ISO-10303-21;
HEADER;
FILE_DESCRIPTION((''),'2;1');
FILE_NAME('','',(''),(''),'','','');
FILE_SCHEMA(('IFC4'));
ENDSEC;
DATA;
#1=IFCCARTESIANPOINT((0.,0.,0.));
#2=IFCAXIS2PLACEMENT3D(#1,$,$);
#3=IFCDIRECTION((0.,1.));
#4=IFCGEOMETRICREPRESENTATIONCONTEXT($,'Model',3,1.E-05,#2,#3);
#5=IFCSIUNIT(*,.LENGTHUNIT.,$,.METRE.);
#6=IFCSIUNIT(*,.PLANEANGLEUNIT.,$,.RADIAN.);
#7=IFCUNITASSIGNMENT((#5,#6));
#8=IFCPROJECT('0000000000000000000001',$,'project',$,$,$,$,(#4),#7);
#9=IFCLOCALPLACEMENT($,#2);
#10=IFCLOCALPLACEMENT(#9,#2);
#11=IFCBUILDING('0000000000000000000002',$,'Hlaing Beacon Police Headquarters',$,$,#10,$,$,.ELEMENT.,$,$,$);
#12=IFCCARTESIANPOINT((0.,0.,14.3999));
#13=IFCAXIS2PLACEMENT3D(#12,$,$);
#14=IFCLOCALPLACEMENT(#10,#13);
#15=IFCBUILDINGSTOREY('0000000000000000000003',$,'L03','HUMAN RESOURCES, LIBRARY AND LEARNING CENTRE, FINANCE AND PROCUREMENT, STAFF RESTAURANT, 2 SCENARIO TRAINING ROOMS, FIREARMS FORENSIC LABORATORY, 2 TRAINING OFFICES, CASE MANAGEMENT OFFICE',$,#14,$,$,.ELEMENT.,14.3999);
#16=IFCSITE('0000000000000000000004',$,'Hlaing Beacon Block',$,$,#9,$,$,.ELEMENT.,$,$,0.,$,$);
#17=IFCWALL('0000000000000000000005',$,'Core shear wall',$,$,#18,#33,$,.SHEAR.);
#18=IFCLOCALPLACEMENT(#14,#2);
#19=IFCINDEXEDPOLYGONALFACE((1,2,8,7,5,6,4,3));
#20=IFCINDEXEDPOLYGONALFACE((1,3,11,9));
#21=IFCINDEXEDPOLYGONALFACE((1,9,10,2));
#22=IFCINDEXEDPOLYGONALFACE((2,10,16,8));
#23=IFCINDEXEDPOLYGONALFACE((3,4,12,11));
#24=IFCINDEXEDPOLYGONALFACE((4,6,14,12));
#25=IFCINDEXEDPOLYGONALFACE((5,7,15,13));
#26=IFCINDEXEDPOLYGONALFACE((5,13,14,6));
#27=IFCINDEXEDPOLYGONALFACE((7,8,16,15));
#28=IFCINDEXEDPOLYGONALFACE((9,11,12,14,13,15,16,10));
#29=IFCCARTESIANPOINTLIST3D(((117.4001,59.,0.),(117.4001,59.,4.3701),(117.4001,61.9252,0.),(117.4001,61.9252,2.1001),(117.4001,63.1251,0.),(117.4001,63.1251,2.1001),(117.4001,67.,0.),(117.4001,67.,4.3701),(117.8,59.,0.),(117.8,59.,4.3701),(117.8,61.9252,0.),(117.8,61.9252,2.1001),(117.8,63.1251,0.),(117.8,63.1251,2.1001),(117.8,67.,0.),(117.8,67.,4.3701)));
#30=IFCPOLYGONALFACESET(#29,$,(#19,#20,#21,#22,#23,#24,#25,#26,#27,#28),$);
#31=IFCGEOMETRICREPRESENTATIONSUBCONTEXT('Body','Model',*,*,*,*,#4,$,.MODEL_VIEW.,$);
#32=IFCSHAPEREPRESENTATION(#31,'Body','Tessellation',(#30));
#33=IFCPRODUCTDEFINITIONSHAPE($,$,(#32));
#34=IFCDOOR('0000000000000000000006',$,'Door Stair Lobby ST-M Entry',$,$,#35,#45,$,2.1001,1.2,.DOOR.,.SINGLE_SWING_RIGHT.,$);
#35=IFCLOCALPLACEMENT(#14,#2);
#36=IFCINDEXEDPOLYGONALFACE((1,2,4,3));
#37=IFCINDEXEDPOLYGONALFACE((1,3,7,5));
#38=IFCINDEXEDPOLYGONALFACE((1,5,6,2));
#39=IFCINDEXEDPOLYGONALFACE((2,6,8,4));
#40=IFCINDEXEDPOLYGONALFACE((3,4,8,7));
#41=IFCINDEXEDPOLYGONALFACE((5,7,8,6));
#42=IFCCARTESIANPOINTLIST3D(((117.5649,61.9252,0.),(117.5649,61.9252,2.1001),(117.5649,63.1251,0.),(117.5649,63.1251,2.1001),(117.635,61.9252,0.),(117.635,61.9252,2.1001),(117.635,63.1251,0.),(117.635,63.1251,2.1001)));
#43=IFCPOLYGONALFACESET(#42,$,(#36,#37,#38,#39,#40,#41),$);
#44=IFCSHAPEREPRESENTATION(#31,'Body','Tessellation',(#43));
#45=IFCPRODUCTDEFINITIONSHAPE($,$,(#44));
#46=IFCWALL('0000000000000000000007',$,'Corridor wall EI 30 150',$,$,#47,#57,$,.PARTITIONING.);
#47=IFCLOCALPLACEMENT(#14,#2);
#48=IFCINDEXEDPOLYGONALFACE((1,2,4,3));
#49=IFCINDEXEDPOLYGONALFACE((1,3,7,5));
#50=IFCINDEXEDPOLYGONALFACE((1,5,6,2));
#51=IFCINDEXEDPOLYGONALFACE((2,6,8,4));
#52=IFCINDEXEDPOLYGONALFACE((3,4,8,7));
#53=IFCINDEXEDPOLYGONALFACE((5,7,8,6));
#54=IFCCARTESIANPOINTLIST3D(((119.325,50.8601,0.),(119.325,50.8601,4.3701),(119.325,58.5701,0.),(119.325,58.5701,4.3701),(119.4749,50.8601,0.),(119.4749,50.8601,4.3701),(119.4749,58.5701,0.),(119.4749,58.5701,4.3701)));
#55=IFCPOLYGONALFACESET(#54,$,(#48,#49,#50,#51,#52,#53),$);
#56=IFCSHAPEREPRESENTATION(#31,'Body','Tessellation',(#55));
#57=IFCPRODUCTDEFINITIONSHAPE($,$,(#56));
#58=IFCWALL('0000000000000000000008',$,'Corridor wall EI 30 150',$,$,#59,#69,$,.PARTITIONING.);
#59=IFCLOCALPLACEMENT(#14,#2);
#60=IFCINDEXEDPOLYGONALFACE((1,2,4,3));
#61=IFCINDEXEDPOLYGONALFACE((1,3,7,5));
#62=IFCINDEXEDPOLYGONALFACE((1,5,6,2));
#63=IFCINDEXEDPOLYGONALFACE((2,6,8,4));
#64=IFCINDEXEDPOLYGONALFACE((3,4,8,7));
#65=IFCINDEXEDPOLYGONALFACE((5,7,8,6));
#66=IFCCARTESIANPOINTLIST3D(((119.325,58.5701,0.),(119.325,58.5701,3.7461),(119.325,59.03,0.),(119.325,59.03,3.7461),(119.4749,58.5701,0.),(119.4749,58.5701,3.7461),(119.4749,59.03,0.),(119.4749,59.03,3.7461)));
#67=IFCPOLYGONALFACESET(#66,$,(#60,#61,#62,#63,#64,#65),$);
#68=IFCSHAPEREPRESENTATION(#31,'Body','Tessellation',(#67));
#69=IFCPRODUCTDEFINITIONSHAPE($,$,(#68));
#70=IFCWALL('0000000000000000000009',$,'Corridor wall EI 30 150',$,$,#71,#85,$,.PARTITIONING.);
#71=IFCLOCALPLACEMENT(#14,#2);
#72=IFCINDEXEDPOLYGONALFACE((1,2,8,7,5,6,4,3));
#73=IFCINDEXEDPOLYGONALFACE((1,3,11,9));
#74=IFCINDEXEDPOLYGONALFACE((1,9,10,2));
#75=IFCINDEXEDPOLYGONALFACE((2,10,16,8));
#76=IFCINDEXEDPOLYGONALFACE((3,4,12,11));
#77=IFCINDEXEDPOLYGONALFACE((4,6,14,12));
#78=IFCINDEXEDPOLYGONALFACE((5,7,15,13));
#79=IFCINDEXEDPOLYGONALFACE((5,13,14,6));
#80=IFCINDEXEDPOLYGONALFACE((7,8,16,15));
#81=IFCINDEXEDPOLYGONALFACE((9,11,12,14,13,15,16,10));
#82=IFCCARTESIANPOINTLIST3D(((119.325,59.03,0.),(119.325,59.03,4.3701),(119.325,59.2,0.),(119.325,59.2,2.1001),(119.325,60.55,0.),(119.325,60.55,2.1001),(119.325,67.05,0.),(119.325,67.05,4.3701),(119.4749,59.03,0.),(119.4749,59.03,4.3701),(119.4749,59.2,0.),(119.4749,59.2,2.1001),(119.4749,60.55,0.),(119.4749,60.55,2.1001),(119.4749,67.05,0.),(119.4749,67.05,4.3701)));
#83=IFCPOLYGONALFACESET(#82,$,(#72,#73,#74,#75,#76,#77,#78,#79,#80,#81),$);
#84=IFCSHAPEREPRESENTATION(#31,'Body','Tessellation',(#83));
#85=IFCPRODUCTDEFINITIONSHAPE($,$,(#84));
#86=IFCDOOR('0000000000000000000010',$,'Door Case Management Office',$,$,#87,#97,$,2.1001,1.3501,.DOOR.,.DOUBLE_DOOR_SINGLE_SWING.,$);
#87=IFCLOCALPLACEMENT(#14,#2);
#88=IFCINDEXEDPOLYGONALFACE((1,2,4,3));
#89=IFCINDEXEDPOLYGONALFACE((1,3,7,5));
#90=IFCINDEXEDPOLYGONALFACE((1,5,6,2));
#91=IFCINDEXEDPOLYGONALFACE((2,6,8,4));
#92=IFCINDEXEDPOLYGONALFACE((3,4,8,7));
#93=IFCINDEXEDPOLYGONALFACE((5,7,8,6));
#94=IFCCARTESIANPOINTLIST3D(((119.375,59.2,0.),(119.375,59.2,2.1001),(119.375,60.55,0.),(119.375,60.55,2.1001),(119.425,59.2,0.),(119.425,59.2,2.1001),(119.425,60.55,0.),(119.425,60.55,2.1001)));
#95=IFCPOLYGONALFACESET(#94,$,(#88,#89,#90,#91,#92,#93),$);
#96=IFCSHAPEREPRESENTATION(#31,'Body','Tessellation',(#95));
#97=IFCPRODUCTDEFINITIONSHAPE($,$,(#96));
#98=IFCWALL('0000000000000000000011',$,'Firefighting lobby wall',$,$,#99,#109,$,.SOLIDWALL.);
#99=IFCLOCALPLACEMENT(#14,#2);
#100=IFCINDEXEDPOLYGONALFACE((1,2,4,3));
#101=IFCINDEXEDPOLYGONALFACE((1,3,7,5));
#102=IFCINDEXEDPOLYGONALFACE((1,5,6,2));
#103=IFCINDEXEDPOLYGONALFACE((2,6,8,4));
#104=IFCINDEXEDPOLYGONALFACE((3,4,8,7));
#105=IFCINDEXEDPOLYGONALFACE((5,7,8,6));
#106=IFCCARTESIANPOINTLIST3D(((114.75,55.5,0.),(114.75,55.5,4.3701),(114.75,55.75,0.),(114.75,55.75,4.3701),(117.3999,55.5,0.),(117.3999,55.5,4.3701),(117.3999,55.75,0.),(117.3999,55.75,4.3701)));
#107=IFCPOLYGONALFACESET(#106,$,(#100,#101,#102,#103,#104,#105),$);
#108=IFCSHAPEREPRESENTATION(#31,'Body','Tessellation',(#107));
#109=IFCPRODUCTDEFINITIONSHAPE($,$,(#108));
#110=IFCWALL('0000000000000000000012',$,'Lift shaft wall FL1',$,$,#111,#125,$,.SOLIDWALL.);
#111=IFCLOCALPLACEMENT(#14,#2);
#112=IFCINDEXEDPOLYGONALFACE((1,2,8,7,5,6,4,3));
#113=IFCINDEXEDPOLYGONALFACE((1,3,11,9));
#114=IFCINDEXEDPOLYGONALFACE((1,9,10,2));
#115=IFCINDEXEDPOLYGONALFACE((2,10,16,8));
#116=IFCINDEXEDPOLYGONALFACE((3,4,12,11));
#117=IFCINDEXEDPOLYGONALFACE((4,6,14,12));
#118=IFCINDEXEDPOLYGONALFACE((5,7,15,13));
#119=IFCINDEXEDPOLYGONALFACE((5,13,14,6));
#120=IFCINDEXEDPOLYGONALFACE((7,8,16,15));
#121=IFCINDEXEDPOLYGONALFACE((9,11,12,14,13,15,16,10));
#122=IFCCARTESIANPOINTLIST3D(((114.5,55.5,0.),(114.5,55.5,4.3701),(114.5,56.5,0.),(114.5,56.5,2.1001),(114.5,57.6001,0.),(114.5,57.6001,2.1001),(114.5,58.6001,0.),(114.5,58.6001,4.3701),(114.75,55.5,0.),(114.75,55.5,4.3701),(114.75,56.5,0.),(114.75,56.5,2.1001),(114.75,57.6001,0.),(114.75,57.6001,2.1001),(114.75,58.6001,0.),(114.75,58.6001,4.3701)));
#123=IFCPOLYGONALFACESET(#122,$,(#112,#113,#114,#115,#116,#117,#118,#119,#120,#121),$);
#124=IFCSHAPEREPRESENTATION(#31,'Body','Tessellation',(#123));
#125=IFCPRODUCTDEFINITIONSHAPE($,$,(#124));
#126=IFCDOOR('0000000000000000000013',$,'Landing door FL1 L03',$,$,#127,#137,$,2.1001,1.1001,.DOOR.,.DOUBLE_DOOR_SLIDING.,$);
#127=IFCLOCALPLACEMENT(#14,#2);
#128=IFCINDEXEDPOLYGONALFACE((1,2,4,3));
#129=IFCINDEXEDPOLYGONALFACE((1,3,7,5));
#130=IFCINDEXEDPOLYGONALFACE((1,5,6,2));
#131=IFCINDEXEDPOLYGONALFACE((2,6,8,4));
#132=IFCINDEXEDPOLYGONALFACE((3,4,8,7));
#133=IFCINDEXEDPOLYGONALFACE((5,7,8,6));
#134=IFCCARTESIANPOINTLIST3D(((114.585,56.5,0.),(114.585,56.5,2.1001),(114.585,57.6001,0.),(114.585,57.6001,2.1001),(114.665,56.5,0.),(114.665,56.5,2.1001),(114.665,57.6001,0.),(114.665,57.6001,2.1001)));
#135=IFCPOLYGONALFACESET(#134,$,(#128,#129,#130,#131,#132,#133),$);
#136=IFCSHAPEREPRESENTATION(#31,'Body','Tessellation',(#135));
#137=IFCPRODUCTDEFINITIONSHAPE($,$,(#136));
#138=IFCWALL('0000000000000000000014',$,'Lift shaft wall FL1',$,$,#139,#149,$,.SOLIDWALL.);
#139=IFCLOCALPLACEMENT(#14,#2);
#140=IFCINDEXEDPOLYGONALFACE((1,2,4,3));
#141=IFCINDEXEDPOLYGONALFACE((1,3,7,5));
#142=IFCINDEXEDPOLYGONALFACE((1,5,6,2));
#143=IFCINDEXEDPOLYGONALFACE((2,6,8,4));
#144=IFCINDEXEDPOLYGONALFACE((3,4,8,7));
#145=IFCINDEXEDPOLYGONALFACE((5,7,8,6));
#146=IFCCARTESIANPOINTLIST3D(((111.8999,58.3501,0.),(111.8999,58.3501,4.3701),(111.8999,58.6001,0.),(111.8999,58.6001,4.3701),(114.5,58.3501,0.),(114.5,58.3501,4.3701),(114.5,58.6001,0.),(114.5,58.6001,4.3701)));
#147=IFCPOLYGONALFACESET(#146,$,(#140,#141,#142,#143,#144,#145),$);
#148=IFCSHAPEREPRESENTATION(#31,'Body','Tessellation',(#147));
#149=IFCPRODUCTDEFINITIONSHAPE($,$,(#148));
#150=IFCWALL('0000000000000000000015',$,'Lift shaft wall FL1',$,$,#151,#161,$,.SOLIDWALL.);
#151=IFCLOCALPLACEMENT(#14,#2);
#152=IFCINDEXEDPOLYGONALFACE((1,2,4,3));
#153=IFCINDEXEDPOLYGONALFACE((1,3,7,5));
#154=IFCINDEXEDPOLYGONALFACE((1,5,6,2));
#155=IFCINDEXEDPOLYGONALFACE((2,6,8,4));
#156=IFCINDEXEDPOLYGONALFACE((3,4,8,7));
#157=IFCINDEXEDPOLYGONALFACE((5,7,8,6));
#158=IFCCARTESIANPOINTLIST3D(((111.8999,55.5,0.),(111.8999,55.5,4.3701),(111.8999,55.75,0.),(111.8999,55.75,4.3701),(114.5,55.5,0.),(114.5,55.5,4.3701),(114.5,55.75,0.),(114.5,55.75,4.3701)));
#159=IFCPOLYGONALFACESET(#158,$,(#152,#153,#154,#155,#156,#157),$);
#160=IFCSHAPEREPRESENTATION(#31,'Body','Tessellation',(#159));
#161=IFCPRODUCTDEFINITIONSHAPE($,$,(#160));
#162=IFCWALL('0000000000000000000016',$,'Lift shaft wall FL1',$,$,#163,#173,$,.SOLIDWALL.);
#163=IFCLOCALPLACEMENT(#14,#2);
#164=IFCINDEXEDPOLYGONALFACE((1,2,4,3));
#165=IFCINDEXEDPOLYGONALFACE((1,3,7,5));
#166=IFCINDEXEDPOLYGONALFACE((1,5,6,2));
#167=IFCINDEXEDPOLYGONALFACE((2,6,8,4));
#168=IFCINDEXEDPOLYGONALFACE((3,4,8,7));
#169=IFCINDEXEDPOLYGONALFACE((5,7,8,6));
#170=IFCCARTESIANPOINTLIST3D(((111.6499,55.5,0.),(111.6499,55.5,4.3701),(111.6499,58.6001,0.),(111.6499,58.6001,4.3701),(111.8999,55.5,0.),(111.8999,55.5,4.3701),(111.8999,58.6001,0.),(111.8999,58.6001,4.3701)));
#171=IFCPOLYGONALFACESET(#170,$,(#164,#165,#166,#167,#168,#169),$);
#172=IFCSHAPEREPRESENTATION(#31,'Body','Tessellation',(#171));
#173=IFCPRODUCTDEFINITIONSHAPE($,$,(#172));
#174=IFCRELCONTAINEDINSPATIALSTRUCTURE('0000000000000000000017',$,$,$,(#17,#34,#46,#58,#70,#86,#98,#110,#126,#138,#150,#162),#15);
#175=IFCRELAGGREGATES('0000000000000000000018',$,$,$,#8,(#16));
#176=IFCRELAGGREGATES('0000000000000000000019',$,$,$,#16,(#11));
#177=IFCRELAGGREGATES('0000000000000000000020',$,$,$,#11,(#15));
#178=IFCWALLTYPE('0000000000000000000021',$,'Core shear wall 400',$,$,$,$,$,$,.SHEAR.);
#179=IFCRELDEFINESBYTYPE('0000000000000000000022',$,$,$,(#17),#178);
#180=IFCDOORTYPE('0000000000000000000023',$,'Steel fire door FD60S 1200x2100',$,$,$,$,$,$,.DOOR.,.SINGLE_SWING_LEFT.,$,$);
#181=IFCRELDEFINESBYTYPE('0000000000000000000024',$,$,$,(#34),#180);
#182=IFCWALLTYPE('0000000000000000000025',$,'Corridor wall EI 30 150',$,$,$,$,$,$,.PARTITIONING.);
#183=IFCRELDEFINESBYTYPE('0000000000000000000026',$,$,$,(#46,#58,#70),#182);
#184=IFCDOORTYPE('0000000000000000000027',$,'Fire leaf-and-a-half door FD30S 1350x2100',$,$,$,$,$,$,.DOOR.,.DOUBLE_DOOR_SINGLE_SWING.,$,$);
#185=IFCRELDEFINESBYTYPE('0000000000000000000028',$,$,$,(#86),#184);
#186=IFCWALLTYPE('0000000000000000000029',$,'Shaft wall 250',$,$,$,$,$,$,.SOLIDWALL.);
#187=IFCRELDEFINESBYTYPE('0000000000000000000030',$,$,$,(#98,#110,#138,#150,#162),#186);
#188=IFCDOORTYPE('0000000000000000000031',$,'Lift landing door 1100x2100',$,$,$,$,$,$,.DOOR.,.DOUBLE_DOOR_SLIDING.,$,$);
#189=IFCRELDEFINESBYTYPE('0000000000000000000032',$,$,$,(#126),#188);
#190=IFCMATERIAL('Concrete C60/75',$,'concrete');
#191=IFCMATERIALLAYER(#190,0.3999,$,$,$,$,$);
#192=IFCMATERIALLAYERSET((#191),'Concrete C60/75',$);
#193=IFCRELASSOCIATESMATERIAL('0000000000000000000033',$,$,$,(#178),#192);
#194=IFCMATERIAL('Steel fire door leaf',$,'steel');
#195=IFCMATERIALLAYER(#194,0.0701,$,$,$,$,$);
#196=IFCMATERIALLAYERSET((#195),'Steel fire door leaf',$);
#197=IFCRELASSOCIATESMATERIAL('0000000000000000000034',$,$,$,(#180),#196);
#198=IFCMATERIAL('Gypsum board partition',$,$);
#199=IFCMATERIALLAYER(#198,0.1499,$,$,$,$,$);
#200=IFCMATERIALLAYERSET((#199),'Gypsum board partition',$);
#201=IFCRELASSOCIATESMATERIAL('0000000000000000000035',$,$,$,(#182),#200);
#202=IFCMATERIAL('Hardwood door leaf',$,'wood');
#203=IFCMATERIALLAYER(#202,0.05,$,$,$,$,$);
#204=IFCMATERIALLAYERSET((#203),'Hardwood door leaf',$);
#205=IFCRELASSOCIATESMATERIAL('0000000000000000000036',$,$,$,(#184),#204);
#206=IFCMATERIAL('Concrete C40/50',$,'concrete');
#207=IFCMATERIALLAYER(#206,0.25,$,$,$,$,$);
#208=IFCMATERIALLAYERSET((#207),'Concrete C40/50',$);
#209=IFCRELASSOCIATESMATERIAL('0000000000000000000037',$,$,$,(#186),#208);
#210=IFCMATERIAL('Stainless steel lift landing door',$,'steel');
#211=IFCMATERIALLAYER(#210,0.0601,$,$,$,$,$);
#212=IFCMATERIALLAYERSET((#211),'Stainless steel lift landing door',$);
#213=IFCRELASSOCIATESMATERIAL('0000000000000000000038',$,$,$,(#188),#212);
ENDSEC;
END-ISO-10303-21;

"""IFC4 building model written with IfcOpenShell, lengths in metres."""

from ifc_helpers import new_model, si_unit, direction, frame, frame_2d, origin, place, context, subcontext, project, spatial, rectangle, extrude, material, layer, layer_set, type_object, element, fill, save


model = new_model("IFC4")

# Units and contexts
model_context = context("Model", 3, precision=1e-05, world=origin(), true_north=direction((0.0, 1.0)))
body_context = subcontext(model_context, "Body", "Model", "MODEL_VIEW")
ifc_project = project(units=[si_unit("LENGTHUNIT", "METRE"), si_unit("PLANEANGLEUNIT", "RADIAN")], contexts=[model_context])

# Site, building, storey
site_placement = place(None, origin())
site = spatial("IfcSite", under=ifc_project, at=site_placement, Name="Hlaing Beacon Block", CompositionType="ELEMENT", RefElevation=0.0)
building_placement = place(site_placement, origin())
building = spatial("IfcBuilding", under=site, at=building_placement, Name="Hlaing Beacon Police Headquarters", CompositionType="ELEMENT")
storey_placement = place(building_placement, frame((0.0, 0.0, 14.3999)))
storey = spatial("IfcBuildingStorey", under=building, at=storey_placement, Name="L03", Description="HUMAN RESOURCES, LIBRARY AND LEARNING CENTRE, FINANCE AND PROCUREMENT, STAFF RESTAURANT, 2 SCENARIO TRAINING ROOMS, FIREARMS FORENSIC LABORATORY, 2 TRAINING OFFICES, CASE MANAGEMENT OFFICE", CompositionType="ELEMENT", Elevation=14.3999)

# Wall, opening, door
ifc_material_1 = material(Name="Concrete C60/75", Category="concrete")
ifc_layer_1 = layer(ifc_material_1, 0.3999)
ifc_layer_set_1 = layer_set([ifc_layer_1], Name="Concrete C60/75")
wall_type_1 = type_object("IfcWallType", Name="Core shear wall 400", PredefinedType="SHEAR", material=ifc_layer_set_1)
wall_1_placement = place(storey_placement, frame((117.6001, 59.0, 0.0), z_axis=(0.0, 0.0, 1.0), x_axis=(0.0, 1.0, 0.0)))
wall_1 = element("IfcWall", 1, at=wall_1_placement, inside=storey, type_object=wall_type_1, Name="Core shear wall", PredefinedType="SHEAR", context=body_context, shape_type="SweptSolid", body=[
    extrude(rectangle(XDim=8.0, YDim=0.3999, at=frame_2d((4.0, 0.0))), origin(), (0.0, 0.0, 1.0), 4.3701),
])
opening_1_placement = place(wall_1_placement, frame((2.925, 0.0, 0.0)))
opening_1 = element("IfcOpeningElement", 2, at=opening_1_placement, cuts=wall_1, PredefinedType="OPENING", context=body_context, shape_type="SweptSolid", body=[
    extrude(rectangle(XDim=1.2, YDim=2.1001, at=frame_2d((0.6001, 1.05))), frame((0.0, 0.21, 0.0), z_axis=(0.0, -1.0, 0.0), x_axis=(1.0, 0.0, 0.0)), (0.0, 0.0, 1.0), 0.4199),
])
ifc_material_2 = material(Name="Steel fire door leaf", Category="steel")
ifc_layer_2 = layer(ifc_material_2, 0.0701)
ifc_layer_set_2 = layer_set([ifc_layer_2], Name="Steel fire door leaf")
door_type_1 = type_object("IfcDoorType", Name="Steel fire door FD60S 1200x2100", OperationType="SINGLE_SWING_LEFT", PredefinedType="DOOR", material=ifc_layer_set_2)
door_1_placement = place(opening_1_placement, origin())
door_1 = element("IfcDoor", 3, at=door_1_placement, inside=storey, type_object=door_type_1, Name="Door Stair Lobby ST-M Entry", OperationType="SINGLE_SWING_RIGHT", OverallHeight=2.1001, OverallWidth=1.2, PredefinedType="DOOR", context=body_context, shape_type="SweptSolid", body=[
    extrude(rectangle(XDim=1.2, YDim=2.1001, at=frame_2d((0.6001, 1.05))), frame((0.0, 0.0352, 0.0), z_axis=(0.0, -1.0, 0.0), x_axis=(1.0, 0.0, 0.0)), (0.0, 0.0, 1.0), 0.0701),
])
fill(opening_1, door_1)

# Walls
ifc_material_3 = material(Name="Gypsum board partition")
ifc_layer_3 = layer(ifc_material_3, 0.1499)
ifc_layer_set_3 = layer_set([ifc_layer_3], Name="Gypsum board partition")
wall_type_2 = type_object("IfcWallType", Name="Corridor wall EI 30 150", PredefinedType="PARTITIONING", material=ifc_layer_set_3)
wall_2_placement = place(storey_placement, frame((119.3999, 50.8601, 0.0), z_axis=(0.0, 0.0, 1.0), x_axis=(0.0, 1.0, 0.0)))
element("IfcWall", 4, at=wall_2_placement, inside=storey, type_object=wall_type_2, Name="Corridor wall EI 30 150", PredefinedType="PARTITIONING", context=body_context, shape_type="SweptSolid", body=[
    extrude(rectangle(XDim=7.71, YDim=0.1499, at=frame_2d((3.855, 0.0))), origin(), (0.0, 0.0, 1.0), 4.3701),
])
wall_3_placement = place(storey_placement, frame((119.3999, 58.5701, 0.0), z_axis=(0.0, 0.0, 1.0), x_axis=(0.0, 1.0, 0.0)))
element("IfcWall", 5, at=wall_3_placement, inside=storey, type_object=wall_type_2, Name="Corridor wall EI 30 150", PredefinedType="PARTITIONING", context=body_context, shape_type="SweptSolid", body=[
    extrude(rectangle(XDim=0.46, YDim=0.1499, at=frame_2d((0.23, 0.0))), origin(), (0.0, 0.0, 1.0), 3.7461),
])

# Wall, opening, door
wall_4_placement = place(storey_placement, frame((119.3999, 59.03, 0.0), z_axis=(0.0, 0.0, 1.0), x_axis=(0.0, 1.0, 0.0)))
wall_4 = element("IfcWall", 6, at=wall_4_placement, inside=storey, type_object=wall_type_2, Name="Corridor wall EI 30 150", PredefinedType="PARTITIONING", context=body_context, shape_type="SweptSolid", body=[
    extrude(rectangle(XDim=8.02, YDim=0.1499, at=frame_2d((4.01, 0.0))), origin(), (0.0, 0.0, 1.0), 4.3701),
])
opening_2_placement = place(wall_4_placement, frame((0.1699, 0.0, 0.0)))
opening_2 = element("IfcOpeningElement", 7, at=opening_2_placement, cuts=wall_4, PredefinedType="OPENING", context=body_context, shape_type="SweptSolid", body=[
    extrude(rectangle(XDim=1.3501, YDim=2.1001, at=frame_2d((0.675, 1.05))), frame((0.0, 0.085, 0.0), z_axis=(0.0, -1.0, 0.0), x_axis=(1.0, 0.0, 0.0)), (0.0, 0.0, 1.0), 0.1699),
])
ifc_material_4 = material(Name="Hardwood door leaf", Category="wood")
ifc_layer_4 = layer(ifc_material_4, 0.05)
ifc_layer_set_4 = layer_set([ifc_layer_4], Name="Hardwood door leaf")
door_type_2 = type_object("IfcDoorType", Name="Fire leaf-and-a-half door FD30S 1350x2100", OperationType="DOUBLE_DOOR_SINGLE_SWING", PredefinedType="DOOR", material=ifc_layer_set_4)
door_2_placement = place(opening_2_placement, frame((1.3501, 0.0, 0.0), z_axis=(0.0, 0.0, 1.0), x_axis=(-1.0, 0.0, 0.0)))
door_2 = element("IfcDoor", 8, at=door_2_placement, inside=storey, type_object=door_type_2, Name="Door Case Management Office", OperationType="DOUBLE_DOOR_SINGLE_SWING", OverallHeight=2.1001, OverallWidth=1.3501, PredefinedType="DOOR", context=body_context, shape_type="SweptSolid", body=[
    extrude(rectangle(XDim=1.3501, YDim=2.1001, at=frame_2d((0.675, 1.05))), frame((0.0, 0.0251, 0.0), z_axis=(0.0, -1.0, 0.0), x_axis=(1.0, 0.0, 0.0)), (0.0, 0.0, 1.0), 0.05),
])
fill(opening_2, door_2)

# Wall
ifc_material_5 = material(Name="Concrete C40/50", Category="concrete")
ifc_layer_5 = layer(ifc_material_5, 0.25)
ifc_layer_set_5 = layer_set([ifc_layer_5], Name="Concrete C40/50")
wall_type_3 = type_object("IfcWallType", Name="Shaft wall 250", PredefinedType="SOLIDWALL", material=ifc_layer_set_5)
wall_5_placement = place(storey_placement, frame((114.75, 55.625, 0.0), z_axis=(0.0, 0.0, 1.0), x_axis=(1.0, 0.0, 0.0)))
element("IfcWall", 9, at=wall_5_placement, inside=storey, type_object=wall_type_3, Name="Firefighting lobby wall", PredefinedType="SOLIDWALL", context=body_context, shape_type="SweptSolid", body=[
    extrude(rectangle(XDim=2.6499, YDim=0.25, at=frame_2d((1.325, 0.0))), origin(), (0.0, 0.0, 1.0), 4.3701),
])

# Wall, opening, door
wall_6_placement = place(storey_placement, frame((114.625, 55.5, 0.0), z_axis=(0.0, 0.0, 1.0), x_axis=(0.0, 1.0, 0.0)))
wall_6 = element("IfcWall", 10, at=wall_6_placement, inside=storey, type_object=wall_type_3, Name="Lift shaft wall FL1", PredefinedType="SOLIDWALL", context=body_context, shape_type="SweptSolid", body=[
    extrude(rectangle(XDim=3.1001, YDim=0.25, at=frame_2d((1.55, 0.0))), origin(), (0.0, 0.0, 1.0), 4.3701),
])
opening_3_placement = place(wall_6_placement, frame((1.0, 0.0, 0.0)))
opening_3 = element("IfcOpeningElement", 11, at=opening_3_placement, cuts=wall_6, PredefinedType="OPENING", context=body_context, shape_type="SweptSolid", body=[
    extrude(rectangle(XDim=1.1001, YDim=2.1001, at=frame_2d((0.55, 1.05))), frame((0.0, 0.135, 0.0), z_axis=(0.0, -1.0, 0.0), x_axis=(1.0, 0.0, 0.0)), (0.0, 0.0, 1.0), 0.27),
])
ifc_material_6 = material(Name="Stainless steel lift landing door", Category="steel")
ifc_layer_6 = layer(ifc_material_6, 0.0601)
ifc_layer_set_6 = layer_set([ifc_layer_6], Name="Stainless steel lift landing door")
door_type_3 = type_object("IfcDoorType", Name="Lift landing door 1100x2100", OperationType="DOUBLE_DOOR_SLIDING", PredefinedType="DOOR", material=ifc_layer_set_6)
door_3_placement = place(opening_3_placement, origin())
door_3 = element("IfcDoor", 12, at=door_3_placement, inside=storey, type_object=door_type_3, Name="Landing door FL1 L03", OperationType="DOUBLE_DOOR_SLIDING", OverallHeight=2.1001, OverallWidth=1.1001, PredefinedType="DOOR", context=body_context, shape_type="SweptSolid", body=[
    extrude(rectangle(XDim=1.1001, YDim=2.1001, at=frame_2d((0.55, 1.05))), frame((0.0, 0.04, 0.0), z_axis=(0.0, -1.0, 0.0), x_axis=(1.0, 0.0, 0.0)), (0.0, 0.0, 1.0), 0.0801),
])
fill(opening_3, door_3)

# Walls
for number, where, z_axis, x_axis, name in (
    (13, (111.8999, 58.4751, 0.0), (0.0, 0.0, 1.0), (1.0, 0.0, 0.0), "Lift shaft wall FL1"),
    (14, (111.8999, 55.625, 0.0), (0.0, 0.0, 1.0), (1.0, 0.0, 0.0), "Lift shaft wall FL1"),
):
    element("IfcWall", number, at=place(storey_placement, frame(where, z_axis=z_axis, x_axis=x_axis)), inside=storey, type_object=wall_type_3, Name=name, PredefinedType="SOLIDWALL", context=body_context, shape_type="SweptSolid", body=[
        extrude(rectangle(XDim=2.6001, YDim=0.25, at=frame_2d((1.3, 0.0))), origin(), (0.0, 0.0, 1.0), 4.3701),
    ])
wall_7_placement = place(storey_placement, frame((111.7749, 55.5, 0.0), z_axis=(0.0, 0.0, 1.0), x_axis=(0.0, 1.0, 0.0)))
element("IfcWall", 15, at=wall_7_placement, inside=storey, type_object=wall_type_3, Name="Lift shaft wall FL1", PredefinedType="SOLIDWALL", context=body_context, shape_type="SweptSolid", body=[
    extrude(rectangle(XDim=3.1001, YDim=0.25, at=frame_2d((1.55, 0.0))), origin(), (0.0, 0.0, 1.0), 4.3701),
])

save(model, "model.ifc")
